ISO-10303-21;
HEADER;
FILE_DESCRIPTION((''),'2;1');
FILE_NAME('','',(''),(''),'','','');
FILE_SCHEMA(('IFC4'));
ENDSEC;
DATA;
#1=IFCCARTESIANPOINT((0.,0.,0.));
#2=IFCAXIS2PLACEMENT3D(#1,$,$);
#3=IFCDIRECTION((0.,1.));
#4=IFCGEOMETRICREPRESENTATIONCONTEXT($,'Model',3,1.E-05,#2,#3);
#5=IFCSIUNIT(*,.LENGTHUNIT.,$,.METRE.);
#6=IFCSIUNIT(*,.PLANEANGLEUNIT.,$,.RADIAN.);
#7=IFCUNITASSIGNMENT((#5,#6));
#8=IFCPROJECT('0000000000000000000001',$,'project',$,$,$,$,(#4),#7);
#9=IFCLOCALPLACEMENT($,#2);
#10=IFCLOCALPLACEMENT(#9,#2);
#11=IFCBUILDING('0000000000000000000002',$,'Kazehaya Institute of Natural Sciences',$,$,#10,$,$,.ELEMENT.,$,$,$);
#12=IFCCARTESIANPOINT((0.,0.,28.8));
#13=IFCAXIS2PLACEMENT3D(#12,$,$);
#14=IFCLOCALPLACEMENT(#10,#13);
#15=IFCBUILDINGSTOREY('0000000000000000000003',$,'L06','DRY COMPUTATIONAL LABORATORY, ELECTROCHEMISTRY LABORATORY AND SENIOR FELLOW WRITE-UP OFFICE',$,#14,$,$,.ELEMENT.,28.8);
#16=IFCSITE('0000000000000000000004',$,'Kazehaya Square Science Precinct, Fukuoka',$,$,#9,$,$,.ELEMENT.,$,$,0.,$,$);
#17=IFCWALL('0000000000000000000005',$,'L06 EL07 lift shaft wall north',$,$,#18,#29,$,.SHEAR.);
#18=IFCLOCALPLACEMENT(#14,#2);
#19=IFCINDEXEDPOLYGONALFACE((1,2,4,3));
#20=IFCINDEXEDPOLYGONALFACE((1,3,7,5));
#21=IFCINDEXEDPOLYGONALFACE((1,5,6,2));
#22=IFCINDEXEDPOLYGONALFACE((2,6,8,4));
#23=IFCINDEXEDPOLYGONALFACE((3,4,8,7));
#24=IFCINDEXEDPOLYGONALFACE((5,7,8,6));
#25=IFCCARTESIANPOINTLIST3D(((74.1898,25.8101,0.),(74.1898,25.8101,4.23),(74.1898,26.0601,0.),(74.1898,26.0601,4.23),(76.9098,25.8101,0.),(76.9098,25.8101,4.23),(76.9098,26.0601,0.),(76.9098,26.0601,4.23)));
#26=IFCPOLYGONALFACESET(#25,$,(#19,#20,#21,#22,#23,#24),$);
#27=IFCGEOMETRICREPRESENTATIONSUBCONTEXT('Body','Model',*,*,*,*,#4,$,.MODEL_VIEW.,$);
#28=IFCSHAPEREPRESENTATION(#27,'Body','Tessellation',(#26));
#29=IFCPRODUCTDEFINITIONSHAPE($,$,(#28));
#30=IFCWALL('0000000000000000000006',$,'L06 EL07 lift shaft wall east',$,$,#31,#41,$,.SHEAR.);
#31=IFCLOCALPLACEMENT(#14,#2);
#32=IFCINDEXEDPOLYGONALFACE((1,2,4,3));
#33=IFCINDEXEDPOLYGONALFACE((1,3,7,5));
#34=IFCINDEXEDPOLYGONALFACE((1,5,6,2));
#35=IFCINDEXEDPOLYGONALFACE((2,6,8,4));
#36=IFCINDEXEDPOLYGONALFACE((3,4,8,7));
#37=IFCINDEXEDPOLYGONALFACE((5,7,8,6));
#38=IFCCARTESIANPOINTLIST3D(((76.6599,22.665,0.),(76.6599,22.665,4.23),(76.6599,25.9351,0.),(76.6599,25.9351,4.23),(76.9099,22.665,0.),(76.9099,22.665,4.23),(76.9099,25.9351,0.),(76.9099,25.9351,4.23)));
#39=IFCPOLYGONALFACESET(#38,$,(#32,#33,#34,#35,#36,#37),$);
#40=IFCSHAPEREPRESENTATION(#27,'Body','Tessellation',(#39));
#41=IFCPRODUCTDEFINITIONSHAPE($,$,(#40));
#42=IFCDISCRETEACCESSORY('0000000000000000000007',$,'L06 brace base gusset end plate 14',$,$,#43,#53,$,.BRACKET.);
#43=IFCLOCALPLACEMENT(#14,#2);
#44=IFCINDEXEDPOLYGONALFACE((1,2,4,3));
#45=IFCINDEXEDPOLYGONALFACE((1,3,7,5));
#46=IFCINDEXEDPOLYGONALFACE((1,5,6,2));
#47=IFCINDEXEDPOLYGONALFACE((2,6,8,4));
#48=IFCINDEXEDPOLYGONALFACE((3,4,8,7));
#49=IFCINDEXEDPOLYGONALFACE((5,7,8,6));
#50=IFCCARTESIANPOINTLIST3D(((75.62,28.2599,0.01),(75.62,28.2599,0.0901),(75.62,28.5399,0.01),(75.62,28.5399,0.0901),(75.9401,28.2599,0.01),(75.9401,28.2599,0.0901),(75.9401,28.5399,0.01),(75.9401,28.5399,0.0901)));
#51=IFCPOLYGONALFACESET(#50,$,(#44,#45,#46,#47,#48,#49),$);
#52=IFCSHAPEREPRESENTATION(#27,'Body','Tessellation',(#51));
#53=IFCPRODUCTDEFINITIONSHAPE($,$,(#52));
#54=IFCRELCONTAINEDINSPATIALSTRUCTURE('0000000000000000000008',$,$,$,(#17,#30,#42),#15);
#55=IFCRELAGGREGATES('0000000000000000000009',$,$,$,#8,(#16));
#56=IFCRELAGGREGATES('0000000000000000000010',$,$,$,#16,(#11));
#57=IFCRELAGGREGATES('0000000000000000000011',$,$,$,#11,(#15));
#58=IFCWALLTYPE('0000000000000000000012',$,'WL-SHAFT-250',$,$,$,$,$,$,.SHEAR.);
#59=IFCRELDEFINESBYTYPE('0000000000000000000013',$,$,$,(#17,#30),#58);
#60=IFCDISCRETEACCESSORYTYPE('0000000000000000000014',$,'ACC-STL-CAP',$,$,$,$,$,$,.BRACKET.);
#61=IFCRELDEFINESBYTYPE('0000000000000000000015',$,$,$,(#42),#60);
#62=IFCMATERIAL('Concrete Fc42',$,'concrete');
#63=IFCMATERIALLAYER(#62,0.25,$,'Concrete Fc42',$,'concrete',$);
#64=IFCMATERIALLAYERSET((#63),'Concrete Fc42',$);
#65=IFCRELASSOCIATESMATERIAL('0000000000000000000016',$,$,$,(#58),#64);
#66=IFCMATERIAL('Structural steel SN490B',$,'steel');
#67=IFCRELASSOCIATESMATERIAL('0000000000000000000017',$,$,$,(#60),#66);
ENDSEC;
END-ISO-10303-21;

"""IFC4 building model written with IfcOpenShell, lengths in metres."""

from ifc_helpers import new_model, si_unit, direction, frame, frame_2d, origin, origin_2d, place, context, subcontext, project, spatial, rectangle, extrude, material, layer, layer_set, type_object, element, save


model = new_model("IFC4")

# Units and contexts
model_context = context("Model", 3, precision=1e-05, world=origin(), true_north=direction((0.0, 1.0)))
body_context = subcontext(model_context, "Body", "Model", "MODEL_VIEW")
ifc_project = project(units=[si_unit("LENGTHUNIT", "METRE"), si_unit("PLANEANGLEUNIT", "RADIAN")], contexts=[model_context])

# Site, building, storey
site_placement = place(None, origin())
site = spatial("IfcSite", under=ifc_project, at=site_placement, Name="Kazehaya Square Science Precinct, Fukuoka", CompositionType="ELEMENT", RefElevation=0.0)
building_placement = place(site_placement, origin())
building = spatial("IfcBuilding", under=site, at=building_placement, Name="Kazehaya Institute of Natural Sciences", CompositionType="ELEMENT")
storey_placement = place(building_placement, frame((0.0, 0.0, 28.8)))
storey = spatial("IfcBuildingStorey", under=building, at=storey_placement, Name="L06", Description="DRY COMPUTATIONAL LABORATORY, ELECTROCHEMISTRY LABORATORY AND SENIOR FELLOW WRITE-UP OFFICE", CompositionType="ELEMENT", Elevation=28.8)

# Walls
ifc_material_1 = material(Name="Concrete Fc42", Category="concrete")
ifc_layer_1 = layer(ifc_material_1, 0.25, Name="Concrete Fc42", Category="concrete")
ifc_layer_set_1 = layer_set([ifc_layer_1], Name="Concrete Fc42")
wall_type_1 = type_object("IfcWallType", Name="WL-SHAFT-250", PredefinedType="SHEAR", material=ifc_layer_set_1)
wall_1_placement = place(storey_placement, frame((74.1899, 25.9351, 0.0), z_axis=(0.0, 0.0, 1.0), x_axis=(1.0, 0.0, 0.0)))
element("IfcWall", 1, at=wall_1_placement, inside=storey, type_object=wall_type_1, Name="L06 EL07 lift shaft wall north", PredefinedType="SHEAR", context=body_context, shape_type="SweptSolid", body=[
    extrude(rectangle(XDim=2.72, YDim=0.25, at=frame_2d((1.3599, 0.0))), origin(), (0.0, 0.0, 1.0), 4.23),
])
wall_2_placement = place(storey_placement, frame((76.7849, 25.9351, 0.0), z_axis=(0.0, 0.0, 1.0), x_axis=(0.0, -1.0, 0.0)))
element("IfcWall", 2, at=wall_2_placement, inside=storey, type_object=wall_type_1, Name="L06 EL07 lift shaft wall east", PredefinedType="SHEAR", context=body_context, shape_type="SweptSolid", body=[
    extrude(rectangle(XDim=3.27, YDim=0.25, at=frame_2d((1.635, 0.0))), origin(), (0.0, 0.0, 1.0), 4.23),
])

# Discrete accessory
ifc_material_2 = material(Name="Structural steel SN490B", Category="steel")
discrete_accessory_type = type_object("IfcDiscreteAccessoryType", Name="ACC-STL-CAP", PredefinedType="BRACKET", material=ifc_material_2)
discrete_accessory_placement = place(storey_placement, frame((75.78, 28.3999, 0.01), z_axis=(0.0, 0.0, 1.0), x_axis=(1.0, 0.0, 0.0)))
element("IfcDiscreteAccessory", 3, at=discrete_accessory_placement, inside=storey, type_object=discrete_accessory_type, Name="L06 brace base gusset end plate 14", PredefinedType="BRACKET", context=body_context, shape_type="SweptSolid", body=[
    extrude(rectangle(XDim=0.3201, YDim=0.28, at=origin_2d()), origin(), (0.0, 0.0, 1.0), 0.0801),
])

save(model, "model.ifc")
